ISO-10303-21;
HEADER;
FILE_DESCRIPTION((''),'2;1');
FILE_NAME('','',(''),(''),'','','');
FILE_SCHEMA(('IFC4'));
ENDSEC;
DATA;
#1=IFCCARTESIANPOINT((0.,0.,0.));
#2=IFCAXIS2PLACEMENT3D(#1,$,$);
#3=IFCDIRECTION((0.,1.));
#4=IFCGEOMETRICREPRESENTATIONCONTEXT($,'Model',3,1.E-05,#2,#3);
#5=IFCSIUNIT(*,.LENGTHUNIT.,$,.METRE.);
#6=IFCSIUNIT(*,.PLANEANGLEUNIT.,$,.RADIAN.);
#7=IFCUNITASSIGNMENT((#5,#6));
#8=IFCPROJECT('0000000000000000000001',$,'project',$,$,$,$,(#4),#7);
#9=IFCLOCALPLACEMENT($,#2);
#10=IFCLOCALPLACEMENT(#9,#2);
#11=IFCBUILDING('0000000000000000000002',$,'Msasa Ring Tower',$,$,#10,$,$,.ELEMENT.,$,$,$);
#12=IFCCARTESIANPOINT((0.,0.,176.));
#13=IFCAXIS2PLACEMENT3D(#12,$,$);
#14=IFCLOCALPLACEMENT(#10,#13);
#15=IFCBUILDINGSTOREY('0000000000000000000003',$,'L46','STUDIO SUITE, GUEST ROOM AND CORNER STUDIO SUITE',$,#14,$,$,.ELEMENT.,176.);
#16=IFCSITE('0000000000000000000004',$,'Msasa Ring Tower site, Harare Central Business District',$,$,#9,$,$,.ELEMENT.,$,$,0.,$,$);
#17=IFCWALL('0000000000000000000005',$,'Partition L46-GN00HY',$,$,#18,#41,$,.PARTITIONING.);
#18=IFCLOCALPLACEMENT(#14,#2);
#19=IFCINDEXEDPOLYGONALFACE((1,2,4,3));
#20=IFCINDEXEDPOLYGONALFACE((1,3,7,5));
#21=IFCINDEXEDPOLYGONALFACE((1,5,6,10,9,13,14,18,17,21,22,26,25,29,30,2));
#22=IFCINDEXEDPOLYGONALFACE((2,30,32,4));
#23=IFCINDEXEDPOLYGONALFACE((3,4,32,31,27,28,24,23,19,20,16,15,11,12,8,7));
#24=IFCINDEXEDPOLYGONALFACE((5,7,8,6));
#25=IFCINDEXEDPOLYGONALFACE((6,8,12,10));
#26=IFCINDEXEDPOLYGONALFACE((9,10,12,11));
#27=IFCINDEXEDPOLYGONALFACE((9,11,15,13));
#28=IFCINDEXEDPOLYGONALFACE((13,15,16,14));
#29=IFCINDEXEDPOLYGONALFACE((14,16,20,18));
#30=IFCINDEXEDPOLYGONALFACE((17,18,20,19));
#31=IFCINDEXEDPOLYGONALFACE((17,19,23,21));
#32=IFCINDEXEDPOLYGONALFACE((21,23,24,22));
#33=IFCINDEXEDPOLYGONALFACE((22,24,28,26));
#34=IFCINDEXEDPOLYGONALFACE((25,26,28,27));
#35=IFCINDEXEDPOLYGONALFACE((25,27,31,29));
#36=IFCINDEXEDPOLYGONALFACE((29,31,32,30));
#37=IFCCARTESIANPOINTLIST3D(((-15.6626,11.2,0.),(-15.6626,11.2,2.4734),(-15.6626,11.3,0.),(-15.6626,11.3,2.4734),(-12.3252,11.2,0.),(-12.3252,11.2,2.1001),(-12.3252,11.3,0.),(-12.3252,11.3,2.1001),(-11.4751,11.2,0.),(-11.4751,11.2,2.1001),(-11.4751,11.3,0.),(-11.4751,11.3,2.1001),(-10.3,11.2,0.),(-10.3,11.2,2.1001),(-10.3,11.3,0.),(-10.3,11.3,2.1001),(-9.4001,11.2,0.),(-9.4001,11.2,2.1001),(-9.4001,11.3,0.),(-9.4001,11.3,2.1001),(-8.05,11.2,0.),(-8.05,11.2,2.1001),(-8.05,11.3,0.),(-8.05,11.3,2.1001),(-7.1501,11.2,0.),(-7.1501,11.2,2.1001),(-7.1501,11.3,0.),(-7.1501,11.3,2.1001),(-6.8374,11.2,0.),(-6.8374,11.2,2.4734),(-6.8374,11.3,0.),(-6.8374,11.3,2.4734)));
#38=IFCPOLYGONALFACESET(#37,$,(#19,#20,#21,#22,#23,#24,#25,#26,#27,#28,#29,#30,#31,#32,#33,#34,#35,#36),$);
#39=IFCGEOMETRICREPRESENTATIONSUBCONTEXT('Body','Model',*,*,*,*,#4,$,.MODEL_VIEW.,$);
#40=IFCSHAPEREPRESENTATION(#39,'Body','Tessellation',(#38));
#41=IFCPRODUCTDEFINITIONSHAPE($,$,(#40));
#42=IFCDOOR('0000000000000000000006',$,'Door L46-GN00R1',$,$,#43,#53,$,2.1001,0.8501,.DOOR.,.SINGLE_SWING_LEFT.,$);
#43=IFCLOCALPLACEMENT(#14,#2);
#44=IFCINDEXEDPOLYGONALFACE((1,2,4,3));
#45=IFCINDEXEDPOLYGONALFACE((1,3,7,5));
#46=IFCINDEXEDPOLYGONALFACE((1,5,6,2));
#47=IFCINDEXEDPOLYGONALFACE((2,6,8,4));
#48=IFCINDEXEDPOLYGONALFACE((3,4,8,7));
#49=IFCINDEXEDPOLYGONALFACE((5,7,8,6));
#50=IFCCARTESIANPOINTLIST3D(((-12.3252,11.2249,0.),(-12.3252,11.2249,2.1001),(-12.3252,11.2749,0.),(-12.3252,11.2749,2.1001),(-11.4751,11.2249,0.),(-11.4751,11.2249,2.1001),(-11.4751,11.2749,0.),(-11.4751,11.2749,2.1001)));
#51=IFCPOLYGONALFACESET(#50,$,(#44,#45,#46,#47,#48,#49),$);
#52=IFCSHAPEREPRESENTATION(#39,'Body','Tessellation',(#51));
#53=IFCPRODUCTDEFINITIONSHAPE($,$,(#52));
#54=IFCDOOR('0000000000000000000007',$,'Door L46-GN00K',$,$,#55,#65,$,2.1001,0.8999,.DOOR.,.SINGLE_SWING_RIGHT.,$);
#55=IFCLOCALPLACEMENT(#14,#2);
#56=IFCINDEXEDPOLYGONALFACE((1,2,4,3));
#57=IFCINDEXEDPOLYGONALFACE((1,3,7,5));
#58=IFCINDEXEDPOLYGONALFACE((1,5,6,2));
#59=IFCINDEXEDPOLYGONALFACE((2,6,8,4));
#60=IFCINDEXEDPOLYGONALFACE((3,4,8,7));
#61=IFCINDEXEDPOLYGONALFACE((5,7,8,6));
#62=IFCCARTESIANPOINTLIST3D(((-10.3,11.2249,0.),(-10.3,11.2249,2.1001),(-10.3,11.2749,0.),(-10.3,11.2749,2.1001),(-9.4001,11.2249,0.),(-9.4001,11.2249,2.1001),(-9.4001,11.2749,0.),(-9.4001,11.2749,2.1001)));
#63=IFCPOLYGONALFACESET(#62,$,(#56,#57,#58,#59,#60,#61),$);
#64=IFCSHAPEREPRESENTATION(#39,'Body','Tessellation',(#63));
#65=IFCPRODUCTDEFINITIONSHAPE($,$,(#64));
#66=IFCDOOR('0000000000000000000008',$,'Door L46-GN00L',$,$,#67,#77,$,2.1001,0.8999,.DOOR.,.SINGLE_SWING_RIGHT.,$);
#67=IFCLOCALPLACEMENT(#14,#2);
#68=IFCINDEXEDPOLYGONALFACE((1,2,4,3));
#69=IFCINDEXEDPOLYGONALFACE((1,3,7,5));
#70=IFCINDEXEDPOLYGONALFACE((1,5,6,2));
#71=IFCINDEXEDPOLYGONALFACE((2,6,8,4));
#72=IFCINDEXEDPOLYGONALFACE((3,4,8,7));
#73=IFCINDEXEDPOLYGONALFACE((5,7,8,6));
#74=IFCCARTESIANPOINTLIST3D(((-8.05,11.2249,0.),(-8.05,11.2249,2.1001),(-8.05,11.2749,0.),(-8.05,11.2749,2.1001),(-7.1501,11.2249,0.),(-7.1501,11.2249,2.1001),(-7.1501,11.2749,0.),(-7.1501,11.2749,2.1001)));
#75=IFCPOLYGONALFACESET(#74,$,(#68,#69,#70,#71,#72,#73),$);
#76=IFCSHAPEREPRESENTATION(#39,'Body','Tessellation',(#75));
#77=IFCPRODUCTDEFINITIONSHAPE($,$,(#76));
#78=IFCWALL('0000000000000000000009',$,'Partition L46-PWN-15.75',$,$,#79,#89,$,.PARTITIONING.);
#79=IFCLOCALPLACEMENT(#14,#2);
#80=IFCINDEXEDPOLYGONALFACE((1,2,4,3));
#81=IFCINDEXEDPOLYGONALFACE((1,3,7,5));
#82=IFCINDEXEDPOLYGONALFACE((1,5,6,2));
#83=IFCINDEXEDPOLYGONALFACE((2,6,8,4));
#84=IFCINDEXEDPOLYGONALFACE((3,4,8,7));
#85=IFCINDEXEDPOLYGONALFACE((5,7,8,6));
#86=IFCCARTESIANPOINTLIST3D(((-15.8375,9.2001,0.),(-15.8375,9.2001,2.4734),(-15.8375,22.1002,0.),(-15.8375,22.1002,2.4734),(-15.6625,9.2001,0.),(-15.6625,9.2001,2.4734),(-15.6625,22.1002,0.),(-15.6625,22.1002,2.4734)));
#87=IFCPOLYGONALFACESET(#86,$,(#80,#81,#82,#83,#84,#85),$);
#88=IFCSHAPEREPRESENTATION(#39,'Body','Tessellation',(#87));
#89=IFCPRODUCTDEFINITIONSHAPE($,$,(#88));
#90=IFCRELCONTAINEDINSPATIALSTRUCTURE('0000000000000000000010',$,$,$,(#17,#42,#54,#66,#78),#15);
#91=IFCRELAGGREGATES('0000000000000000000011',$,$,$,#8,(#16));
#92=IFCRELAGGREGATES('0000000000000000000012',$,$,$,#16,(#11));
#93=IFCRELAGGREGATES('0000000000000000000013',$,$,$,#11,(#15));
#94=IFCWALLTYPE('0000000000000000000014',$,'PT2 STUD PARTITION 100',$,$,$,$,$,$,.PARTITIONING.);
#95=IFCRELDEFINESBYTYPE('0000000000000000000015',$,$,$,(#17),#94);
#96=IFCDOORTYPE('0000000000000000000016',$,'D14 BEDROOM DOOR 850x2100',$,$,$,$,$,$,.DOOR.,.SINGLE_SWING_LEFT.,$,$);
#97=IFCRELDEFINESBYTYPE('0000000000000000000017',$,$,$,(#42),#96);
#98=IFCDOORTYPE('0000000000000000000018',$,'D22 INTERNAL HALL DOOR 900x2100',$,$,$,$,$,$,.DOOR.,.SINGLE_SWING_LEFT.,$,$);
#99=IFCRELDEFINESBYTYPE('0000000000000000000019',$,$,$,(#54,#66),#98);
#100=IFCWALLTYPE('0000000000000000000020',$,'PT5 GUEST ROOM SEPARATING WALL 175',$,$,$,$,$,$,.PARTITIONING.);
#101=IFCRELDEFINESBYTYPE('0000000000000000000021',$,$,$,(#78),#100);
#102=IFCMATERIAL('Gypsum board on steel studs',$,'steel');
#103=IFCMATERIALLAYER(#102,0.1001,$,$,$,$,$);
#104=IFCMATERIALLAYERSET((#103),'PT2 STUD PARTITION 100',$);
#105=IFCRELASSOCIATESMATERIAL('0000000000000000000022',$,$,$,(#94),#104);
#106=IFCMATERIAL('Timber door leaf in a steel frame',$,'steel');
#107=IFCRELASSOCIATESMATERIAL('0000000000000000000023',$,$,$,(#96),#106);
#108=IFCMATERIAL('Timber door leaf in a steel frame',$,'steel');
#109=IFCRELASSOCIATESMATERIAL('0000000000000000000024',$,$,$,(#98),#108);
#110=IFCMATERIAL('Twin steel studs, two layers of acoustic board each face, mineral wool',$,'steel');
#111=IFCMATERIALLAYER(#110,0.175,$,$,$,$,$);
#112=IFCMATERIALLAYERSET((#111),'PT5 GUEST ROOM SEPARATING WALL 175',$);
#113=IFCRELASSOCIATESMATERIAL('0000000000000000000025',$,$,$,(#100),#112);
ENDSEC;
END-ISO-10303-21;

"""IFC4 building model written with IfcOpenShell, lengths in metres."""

from ifc_helpers import new_model, si_unit, direction, frame, frame_2d, origin, place, context, subcontext, project, spatial, rectangle, extrude, material, layer, layer_set, type_object, element, fill, save


model = new_model("IFC4")

# Units and contexts
model_context = context("Model", 3, precision=1e-05, world=origin(), true_north=direction((0.0, 1.0)))
body_context = subcontext(model_context, "Body", "Model", "MODEL_VIEW")
ifc_project = project(units=[si_unit("LENGTHUNIT", "METRE"), si_unit("PLANEANGLEUNIT", "RADIAN")], contexts=[model_context])

# Site, building, storey
site_placement = place(None, origin())
site = spatial("IfcSite", under=ifc_project, at=site_placement, Name="Msasa Ring Tower site, Harare Central Business District", CompositionType="ELEMENT", RefElevation=0.0)
building_placement = place(site_placement, origin())
building = spatial("IfcBuilding", under=site, at=building_placement, Name="Msasa Ring Tower", CompositionType="ELEMENT")
storey_placement = place(building_placement, frame((0.0, 0.0, 176.0)))
storey = spatial("IfcBuildingStorey", under=building, at=storey_placement, Name="L46", Description="STUDIO SUITE, GUEST ROOM AND CORNER STUDIO SUITE", CompositionType="ELEMENT", Elevation=176.0)

# Wall, openings, doors
ifc_material_1 = material(Name="Gypsum board on steel studs", Category="steel")
ifc_layer_1 = layer(ifc_material_1, 0.1001)
ifc_layer_set_1 = layer_set([ifc_layer_1], Name="PT2 STUD PARTITION 100")
wall_type_1 = type_object("IfcWallType", Name="PT2 STUD PARTITION 100", PredefinedType="PARTITIONING", material=ifc_layer_set_1)
wall_1_placement = place(storey_placement, frame((-15.6626, 11.25, 0.0), z_axis=(0.0, 0.0, 1.0), x_axis=(1.0, 0.0, 0.0)))
wall_1 = element("IfcWall", 1, at=wall_1_placement, inside=storey, type_object=wall_type_1, Name="Partition L46-GN00HY", PredefinedType="PARTITIONING", context=body_context, shape_type="SweptSolid", body=[
    extrude(rectangle(XDim=8.8252, YDim=0.1001, at=frame_2d((4.4126, 0.0))), origin(), (0.0, 0.0, 1.0), 2.4734),
])
opening_1_placement = place(wall_1_placement, frame((5.3625, 0.0, 0.0)))
opening_1 = element("IfcOpeningElement", 2, at=opening_1_placement, cuts=wall_1, PredefinedType="OPENING", context=body_context, shape_type="SweptSolid", body=[
    extrude(rectangle(XDim=0.8999, YDim=2.1001, at=frame_2d((0.45, 1.05))), frame((0.0, 0.0601, 0.0), z_axis=(0.0, -1.0, 0.0), x_axis=(1.0, 0.0, 0.0)), (0.0, 0.0, 1.0), 0.1201),
])
opening_2_placement = place(wall_1_placement, frame((7.6125, 0.0, 0.0)))
opening_2 = element("IfcOpeningElement", 3, at=opening_2_placement, cuts=wall_1, PredefinedType="OPENING", context=body_context, shape_type="SweptSolid", body=[
    extrude(rectangle(XDim=0.8999, YDim=2.1001, at=frame_2d((0.45, 1.05))), frame((0.0, 0.0601, 0.0), z_axis=(0.0, -1.0, 0.0), x_axis=(1.0, 0.0, 0.0)), (0.0, 0.0, 1.0), 0.1201),
])
opening_3_placement = place(wall_1_placement, frame((3.3374, 0.0, 0.0)))
opening_3 = element("IfcOpeningElement", 4, at=opening_3_placement, cuts=wall_1, PredefinedType="OPENING", context=body_context, shape_type="SweptSolid", body=[
    extrude(rectangle(XDim=0.8501, YDim=2.1001, at=frame_2d((0.425, 1.05))), frame((0.0, 0.0601, 0.0), z_axis=(0.0, -1.0, 0.0), x_axis=(1.0, 0.0, 0.0)), (0.0, 0.0, 1.0), 0.1201),
])
ifc_material_2 = material(Name="Timber door leaf in a steel frame", Category="steel")
door_type_1 = type_object("IfcDoorType", Name="D14 BEDROOM DOOR 850x2100", OperationType="SINGLE_SWING_LEFT", PredefinedType="DOOR", material=ifc_material_2)
door_1_placement = place(opening_3_placement, origin())
door_1 = element("IfcDoor", 5, at=door_1_placement, inside=storey, type_object=door_type_1, Name="Door L46-GN00R1", OperationType="SINGLE_SWING_LEFT", OverallHeight=2.1001, OverallWidth=0.8501, PredefinedType="DOOR", context=body_context, shape_type="SweptSolid", body=[
    extrude(rectangle(XDim=0.8501, YDim=2.1001, at=frame_2d((0.425, 1.05))), frame((0.0, 0.0249, 0.0), z_axis=(0.0, -1.0, 0.0), x_axis=(1.0, 0.0, 0.0)), (0.0, 0.0, 1.0), 0.05),
])
fill(opening_3, door_1)
ifc_material_3 = material(Name="Timber door leaf in a steel frame", Category="steel")
door_type_2 = type_object("IfcDoorType", Name="D22 INTERNAL HALL DOOR 900x2100", OperationType="SINGLE_SWING_LEFT", PredefinedType="DOOR", material=ifc_material_3)
door_2_placement = place(opening_1_placement, origin())
door_2 = element("IfcDoor", 6, at=door_2_placement, inside=storey, type_object=door_type_2, Name="Door L46-GN00K", OperationType="SINGLE_SWING_RIGHT", OverallHeight=2.1001, OverallWidth=0.8999, PredefinedType="DOOR", context=body_context, shape_type="SweptSolid", body=[
    extrude(rectangle(XDim=0.8999, YDim=2.1001, at=frame_2d((0.45, 1.05))), frame((0.0, 0.0249, 0.0), z_axis=(0.0, -1.0, 0.0), x_axis=(1.0, 0.0, 0.0)), (0.0, 0.0, 1.0), 0.05),
])
fill(opening_1, door_2)
door_3_placement = place(opening_2_placement, origin())
door_3 = element("IfcDoor", 7, at=door_3_placement, inside=storey, type_object=door_type_2, Name="Door L46-GN00L", OperationType="SINGLE_SWING_RIGHT", OverallHeight=2.1001, OverallWidth=0.8999, PredefinedType="DOOR", context=body_context, shape_type="SweptSolid", body=[
    extrude(rectangle(XDim=0.8999, YDim=2.1001, at=frame_2d((0.45, 1.05))), frame((0.0, 0.0249, 0.0), z_axis=(0.0, -1.0, 0.0), x_axis=(1.0, 0.0, 0.0)), (0.0, 0.0, 1.0), 0.05),
])
fill(opening_2, door_3)

# Wall
ifc_material_4 = material(Name="Twin steel studs, two layers of acoustic board each face, mineral wool", Category="steel")
ifc_layer_2 = layer(ifc_material_4, 0.175)
ifc_layer_set_2 = layer_set([ifc_layer_2], Name="PT5 GUEST ROOM SEPARATING WALL 175")
wall_type_2 = type_object("IfcWallType", Name="PT5 GUEST ROOM SEPARATING WALL 175", PredefinedType="PARTITIONING", material=ifc_layer_set_2)
wall_2_placement = place(storey_placement, frame((-15.75, 9.2, 0.0), z_axis=(0.0, 0.0, 1.0), x_axis=(0.0, 1.0, 0.0)))
element("IfcWall", 8, at=wall_2_placement, inside=storey, type_object=wall_type_2, Name="Partition L46-PWN-15.75", PredefinedType="PARTITIONING", context=body_context, shape_type="SweptSolid", body=[
    extrude(rectangle(XDim=12.9001, YDim=0.175, at=frame_2d((6.4502, 0.0))), origin(), (0.0, 0.0, 1.0), 2.4734),
])

save(model, "model.ifc")
